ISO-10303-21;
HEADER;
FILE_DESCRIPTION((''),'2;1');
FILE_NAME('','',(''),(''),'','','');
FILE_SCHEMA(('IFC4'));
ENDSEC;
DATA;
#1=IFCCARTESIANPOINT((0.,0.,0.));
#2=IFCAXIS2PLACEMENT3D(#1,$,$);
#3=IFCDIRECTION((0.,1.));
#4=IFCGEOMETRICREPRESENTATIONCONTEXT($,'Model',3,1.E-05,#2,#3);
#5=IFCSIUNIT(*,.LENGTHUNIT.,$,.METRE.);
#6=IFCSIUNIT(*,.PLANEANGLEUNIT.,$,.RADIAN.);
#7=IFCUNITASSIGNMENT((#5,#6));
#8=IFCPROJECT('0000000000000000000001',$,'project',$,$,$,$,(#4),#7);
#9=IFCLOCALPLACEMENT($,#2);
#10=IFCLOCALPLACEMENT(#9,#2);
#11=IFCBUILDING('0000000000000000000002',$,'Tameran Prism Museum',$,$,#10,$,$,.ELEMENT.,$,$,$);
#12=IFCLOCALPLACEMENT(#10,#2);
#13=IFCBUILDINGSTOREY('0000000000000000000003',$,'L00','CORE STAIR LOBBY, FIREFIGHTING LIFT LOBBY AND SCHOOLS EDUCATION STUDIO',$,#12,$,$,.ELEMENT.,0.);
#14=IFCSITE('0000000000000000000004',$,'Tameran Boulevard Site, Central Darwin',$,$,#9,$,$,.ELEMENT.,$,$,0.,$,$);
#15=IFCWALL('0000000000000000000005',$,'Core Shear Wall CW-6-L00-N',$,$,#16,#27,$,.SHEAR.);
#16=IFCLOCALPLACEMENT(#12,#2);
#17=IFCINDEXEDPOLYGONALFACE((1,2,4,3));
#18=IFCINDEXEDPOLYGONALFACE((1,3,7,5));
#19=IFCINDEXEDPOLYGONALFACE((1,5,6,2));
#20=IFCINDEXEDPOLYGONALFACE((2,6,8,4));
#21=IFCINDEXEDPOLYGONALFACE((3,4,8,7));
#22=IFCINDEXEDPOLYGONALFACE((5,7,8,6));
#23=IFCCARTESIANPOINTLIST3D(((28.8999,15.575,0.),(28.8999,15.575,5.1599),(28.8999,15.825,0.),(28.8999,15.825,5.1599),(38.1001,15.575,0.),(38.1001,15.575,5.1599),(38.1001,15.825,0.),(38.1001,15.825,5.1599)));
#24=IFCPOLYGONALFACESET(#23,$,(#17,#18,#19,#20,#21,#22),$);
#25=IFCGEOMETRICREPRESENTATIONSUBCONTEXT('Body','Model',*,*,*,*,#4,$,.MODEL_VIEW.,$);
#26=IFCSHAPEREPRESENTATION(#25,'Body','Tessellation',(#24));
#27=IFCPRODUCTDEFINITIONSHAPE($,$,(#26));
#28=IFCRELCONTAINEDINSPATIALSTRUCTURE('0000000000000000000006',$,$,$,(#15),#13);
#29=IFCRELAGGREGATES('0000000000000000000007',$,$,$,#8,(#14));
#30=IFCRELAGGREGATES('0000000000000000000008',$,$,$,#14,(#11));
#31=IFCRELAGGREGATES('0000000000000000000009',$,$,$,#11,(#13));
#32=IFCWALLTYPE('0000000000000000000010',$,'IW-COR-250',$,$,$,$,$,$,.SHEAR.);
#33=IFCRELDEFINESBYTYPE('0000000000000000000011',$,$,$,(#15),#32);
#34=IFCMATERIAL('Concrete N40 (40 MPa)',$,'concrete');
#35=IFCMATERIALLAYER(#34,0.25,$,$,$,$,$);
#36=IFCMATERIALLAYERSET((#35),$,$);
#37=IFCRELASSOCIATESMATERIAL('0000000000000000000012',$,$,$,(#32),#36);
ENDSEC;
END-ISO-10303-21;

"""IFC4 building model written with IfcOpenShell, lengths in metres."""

from ifc_helpers import new_model, si_unit, direction, frame, frame_2d, origin, place, context, subcontext, project, spatial, rectangle, extrude, material, layer, layer_set, type_object, element, save


model = new_model("IFC4")

# Units and contexts
model_context = context("Model", 3, precision=1e-05, world=origin(), true_north=direction((0.0, 1.0)))
body_context = subcontext(model_context, "Body", "Model", "MODEL_VIEW")
ifc_project = project(units=[si_unit("LENGTHUNIT", "METRE"), si_unit("PLANEANGLEUNIT", "RADIAN")], contexts=[model_context])

# Site, building, storey
site_placement = place(None, origin())
site = spatial("IfcSite", under=ifc_project, at=site_placement, Name="Tameran Boulevard Site, Central Darwin", CompositionType="ELEMENT", RefElevation=0.0)
building_placement = place(site_placement, origin())
building = spatial("IfcBuilding", under=site, at=building_placement, Name="Tameran Prism Museum", CompositionType="ELEMENT")
storey_placement = place(building_placement, origin())
storey = spatial("IfcBuildingStorey", under=building, at=storey_placement, Name="L00", Description="CORE STAIR LOBBY, FIREFIGHTING LIFT LOBBY AND SCHOOLS EDUCATION STUDIO", CompositionType="ELEMENT", Elevation=0.0)

# Wall
ifc_material_1 = material(Name="Concrete N40 (40 MPa)", Category="concrete")
ifc_layer = layer(ifc_material_1, 0.25)
ifc_layer_set = layer_set([ifc_layer])
wall_type = type_object("IfcWallType", Name="IW-COR-250", PredefinedType="SHEAR", material=ifc_layer_set)
wall_placement = place(storey_placement, frame((28.8999, 15.7, 0.0), z_axis=(0.0, 0.0, 1.0), x_axis=(1.0, 0.0, 0.0)))
element("IfcWall", 1, at=wall_placement, inside=storey, type_object=wall_type, Name="Core Shear Wall CW-6-L00-N", PredefinedType="SHEAR", context=body_context, shape_type="SweptSolid", body=[
    extrude(rectangle(XDim=9.2002, YDim=0.25, at=frame_2d((4.6001, 0.0))), origin(), (0.0, 0.0, 1.0), 5.1599),
])

save(model, "model.ifc")
